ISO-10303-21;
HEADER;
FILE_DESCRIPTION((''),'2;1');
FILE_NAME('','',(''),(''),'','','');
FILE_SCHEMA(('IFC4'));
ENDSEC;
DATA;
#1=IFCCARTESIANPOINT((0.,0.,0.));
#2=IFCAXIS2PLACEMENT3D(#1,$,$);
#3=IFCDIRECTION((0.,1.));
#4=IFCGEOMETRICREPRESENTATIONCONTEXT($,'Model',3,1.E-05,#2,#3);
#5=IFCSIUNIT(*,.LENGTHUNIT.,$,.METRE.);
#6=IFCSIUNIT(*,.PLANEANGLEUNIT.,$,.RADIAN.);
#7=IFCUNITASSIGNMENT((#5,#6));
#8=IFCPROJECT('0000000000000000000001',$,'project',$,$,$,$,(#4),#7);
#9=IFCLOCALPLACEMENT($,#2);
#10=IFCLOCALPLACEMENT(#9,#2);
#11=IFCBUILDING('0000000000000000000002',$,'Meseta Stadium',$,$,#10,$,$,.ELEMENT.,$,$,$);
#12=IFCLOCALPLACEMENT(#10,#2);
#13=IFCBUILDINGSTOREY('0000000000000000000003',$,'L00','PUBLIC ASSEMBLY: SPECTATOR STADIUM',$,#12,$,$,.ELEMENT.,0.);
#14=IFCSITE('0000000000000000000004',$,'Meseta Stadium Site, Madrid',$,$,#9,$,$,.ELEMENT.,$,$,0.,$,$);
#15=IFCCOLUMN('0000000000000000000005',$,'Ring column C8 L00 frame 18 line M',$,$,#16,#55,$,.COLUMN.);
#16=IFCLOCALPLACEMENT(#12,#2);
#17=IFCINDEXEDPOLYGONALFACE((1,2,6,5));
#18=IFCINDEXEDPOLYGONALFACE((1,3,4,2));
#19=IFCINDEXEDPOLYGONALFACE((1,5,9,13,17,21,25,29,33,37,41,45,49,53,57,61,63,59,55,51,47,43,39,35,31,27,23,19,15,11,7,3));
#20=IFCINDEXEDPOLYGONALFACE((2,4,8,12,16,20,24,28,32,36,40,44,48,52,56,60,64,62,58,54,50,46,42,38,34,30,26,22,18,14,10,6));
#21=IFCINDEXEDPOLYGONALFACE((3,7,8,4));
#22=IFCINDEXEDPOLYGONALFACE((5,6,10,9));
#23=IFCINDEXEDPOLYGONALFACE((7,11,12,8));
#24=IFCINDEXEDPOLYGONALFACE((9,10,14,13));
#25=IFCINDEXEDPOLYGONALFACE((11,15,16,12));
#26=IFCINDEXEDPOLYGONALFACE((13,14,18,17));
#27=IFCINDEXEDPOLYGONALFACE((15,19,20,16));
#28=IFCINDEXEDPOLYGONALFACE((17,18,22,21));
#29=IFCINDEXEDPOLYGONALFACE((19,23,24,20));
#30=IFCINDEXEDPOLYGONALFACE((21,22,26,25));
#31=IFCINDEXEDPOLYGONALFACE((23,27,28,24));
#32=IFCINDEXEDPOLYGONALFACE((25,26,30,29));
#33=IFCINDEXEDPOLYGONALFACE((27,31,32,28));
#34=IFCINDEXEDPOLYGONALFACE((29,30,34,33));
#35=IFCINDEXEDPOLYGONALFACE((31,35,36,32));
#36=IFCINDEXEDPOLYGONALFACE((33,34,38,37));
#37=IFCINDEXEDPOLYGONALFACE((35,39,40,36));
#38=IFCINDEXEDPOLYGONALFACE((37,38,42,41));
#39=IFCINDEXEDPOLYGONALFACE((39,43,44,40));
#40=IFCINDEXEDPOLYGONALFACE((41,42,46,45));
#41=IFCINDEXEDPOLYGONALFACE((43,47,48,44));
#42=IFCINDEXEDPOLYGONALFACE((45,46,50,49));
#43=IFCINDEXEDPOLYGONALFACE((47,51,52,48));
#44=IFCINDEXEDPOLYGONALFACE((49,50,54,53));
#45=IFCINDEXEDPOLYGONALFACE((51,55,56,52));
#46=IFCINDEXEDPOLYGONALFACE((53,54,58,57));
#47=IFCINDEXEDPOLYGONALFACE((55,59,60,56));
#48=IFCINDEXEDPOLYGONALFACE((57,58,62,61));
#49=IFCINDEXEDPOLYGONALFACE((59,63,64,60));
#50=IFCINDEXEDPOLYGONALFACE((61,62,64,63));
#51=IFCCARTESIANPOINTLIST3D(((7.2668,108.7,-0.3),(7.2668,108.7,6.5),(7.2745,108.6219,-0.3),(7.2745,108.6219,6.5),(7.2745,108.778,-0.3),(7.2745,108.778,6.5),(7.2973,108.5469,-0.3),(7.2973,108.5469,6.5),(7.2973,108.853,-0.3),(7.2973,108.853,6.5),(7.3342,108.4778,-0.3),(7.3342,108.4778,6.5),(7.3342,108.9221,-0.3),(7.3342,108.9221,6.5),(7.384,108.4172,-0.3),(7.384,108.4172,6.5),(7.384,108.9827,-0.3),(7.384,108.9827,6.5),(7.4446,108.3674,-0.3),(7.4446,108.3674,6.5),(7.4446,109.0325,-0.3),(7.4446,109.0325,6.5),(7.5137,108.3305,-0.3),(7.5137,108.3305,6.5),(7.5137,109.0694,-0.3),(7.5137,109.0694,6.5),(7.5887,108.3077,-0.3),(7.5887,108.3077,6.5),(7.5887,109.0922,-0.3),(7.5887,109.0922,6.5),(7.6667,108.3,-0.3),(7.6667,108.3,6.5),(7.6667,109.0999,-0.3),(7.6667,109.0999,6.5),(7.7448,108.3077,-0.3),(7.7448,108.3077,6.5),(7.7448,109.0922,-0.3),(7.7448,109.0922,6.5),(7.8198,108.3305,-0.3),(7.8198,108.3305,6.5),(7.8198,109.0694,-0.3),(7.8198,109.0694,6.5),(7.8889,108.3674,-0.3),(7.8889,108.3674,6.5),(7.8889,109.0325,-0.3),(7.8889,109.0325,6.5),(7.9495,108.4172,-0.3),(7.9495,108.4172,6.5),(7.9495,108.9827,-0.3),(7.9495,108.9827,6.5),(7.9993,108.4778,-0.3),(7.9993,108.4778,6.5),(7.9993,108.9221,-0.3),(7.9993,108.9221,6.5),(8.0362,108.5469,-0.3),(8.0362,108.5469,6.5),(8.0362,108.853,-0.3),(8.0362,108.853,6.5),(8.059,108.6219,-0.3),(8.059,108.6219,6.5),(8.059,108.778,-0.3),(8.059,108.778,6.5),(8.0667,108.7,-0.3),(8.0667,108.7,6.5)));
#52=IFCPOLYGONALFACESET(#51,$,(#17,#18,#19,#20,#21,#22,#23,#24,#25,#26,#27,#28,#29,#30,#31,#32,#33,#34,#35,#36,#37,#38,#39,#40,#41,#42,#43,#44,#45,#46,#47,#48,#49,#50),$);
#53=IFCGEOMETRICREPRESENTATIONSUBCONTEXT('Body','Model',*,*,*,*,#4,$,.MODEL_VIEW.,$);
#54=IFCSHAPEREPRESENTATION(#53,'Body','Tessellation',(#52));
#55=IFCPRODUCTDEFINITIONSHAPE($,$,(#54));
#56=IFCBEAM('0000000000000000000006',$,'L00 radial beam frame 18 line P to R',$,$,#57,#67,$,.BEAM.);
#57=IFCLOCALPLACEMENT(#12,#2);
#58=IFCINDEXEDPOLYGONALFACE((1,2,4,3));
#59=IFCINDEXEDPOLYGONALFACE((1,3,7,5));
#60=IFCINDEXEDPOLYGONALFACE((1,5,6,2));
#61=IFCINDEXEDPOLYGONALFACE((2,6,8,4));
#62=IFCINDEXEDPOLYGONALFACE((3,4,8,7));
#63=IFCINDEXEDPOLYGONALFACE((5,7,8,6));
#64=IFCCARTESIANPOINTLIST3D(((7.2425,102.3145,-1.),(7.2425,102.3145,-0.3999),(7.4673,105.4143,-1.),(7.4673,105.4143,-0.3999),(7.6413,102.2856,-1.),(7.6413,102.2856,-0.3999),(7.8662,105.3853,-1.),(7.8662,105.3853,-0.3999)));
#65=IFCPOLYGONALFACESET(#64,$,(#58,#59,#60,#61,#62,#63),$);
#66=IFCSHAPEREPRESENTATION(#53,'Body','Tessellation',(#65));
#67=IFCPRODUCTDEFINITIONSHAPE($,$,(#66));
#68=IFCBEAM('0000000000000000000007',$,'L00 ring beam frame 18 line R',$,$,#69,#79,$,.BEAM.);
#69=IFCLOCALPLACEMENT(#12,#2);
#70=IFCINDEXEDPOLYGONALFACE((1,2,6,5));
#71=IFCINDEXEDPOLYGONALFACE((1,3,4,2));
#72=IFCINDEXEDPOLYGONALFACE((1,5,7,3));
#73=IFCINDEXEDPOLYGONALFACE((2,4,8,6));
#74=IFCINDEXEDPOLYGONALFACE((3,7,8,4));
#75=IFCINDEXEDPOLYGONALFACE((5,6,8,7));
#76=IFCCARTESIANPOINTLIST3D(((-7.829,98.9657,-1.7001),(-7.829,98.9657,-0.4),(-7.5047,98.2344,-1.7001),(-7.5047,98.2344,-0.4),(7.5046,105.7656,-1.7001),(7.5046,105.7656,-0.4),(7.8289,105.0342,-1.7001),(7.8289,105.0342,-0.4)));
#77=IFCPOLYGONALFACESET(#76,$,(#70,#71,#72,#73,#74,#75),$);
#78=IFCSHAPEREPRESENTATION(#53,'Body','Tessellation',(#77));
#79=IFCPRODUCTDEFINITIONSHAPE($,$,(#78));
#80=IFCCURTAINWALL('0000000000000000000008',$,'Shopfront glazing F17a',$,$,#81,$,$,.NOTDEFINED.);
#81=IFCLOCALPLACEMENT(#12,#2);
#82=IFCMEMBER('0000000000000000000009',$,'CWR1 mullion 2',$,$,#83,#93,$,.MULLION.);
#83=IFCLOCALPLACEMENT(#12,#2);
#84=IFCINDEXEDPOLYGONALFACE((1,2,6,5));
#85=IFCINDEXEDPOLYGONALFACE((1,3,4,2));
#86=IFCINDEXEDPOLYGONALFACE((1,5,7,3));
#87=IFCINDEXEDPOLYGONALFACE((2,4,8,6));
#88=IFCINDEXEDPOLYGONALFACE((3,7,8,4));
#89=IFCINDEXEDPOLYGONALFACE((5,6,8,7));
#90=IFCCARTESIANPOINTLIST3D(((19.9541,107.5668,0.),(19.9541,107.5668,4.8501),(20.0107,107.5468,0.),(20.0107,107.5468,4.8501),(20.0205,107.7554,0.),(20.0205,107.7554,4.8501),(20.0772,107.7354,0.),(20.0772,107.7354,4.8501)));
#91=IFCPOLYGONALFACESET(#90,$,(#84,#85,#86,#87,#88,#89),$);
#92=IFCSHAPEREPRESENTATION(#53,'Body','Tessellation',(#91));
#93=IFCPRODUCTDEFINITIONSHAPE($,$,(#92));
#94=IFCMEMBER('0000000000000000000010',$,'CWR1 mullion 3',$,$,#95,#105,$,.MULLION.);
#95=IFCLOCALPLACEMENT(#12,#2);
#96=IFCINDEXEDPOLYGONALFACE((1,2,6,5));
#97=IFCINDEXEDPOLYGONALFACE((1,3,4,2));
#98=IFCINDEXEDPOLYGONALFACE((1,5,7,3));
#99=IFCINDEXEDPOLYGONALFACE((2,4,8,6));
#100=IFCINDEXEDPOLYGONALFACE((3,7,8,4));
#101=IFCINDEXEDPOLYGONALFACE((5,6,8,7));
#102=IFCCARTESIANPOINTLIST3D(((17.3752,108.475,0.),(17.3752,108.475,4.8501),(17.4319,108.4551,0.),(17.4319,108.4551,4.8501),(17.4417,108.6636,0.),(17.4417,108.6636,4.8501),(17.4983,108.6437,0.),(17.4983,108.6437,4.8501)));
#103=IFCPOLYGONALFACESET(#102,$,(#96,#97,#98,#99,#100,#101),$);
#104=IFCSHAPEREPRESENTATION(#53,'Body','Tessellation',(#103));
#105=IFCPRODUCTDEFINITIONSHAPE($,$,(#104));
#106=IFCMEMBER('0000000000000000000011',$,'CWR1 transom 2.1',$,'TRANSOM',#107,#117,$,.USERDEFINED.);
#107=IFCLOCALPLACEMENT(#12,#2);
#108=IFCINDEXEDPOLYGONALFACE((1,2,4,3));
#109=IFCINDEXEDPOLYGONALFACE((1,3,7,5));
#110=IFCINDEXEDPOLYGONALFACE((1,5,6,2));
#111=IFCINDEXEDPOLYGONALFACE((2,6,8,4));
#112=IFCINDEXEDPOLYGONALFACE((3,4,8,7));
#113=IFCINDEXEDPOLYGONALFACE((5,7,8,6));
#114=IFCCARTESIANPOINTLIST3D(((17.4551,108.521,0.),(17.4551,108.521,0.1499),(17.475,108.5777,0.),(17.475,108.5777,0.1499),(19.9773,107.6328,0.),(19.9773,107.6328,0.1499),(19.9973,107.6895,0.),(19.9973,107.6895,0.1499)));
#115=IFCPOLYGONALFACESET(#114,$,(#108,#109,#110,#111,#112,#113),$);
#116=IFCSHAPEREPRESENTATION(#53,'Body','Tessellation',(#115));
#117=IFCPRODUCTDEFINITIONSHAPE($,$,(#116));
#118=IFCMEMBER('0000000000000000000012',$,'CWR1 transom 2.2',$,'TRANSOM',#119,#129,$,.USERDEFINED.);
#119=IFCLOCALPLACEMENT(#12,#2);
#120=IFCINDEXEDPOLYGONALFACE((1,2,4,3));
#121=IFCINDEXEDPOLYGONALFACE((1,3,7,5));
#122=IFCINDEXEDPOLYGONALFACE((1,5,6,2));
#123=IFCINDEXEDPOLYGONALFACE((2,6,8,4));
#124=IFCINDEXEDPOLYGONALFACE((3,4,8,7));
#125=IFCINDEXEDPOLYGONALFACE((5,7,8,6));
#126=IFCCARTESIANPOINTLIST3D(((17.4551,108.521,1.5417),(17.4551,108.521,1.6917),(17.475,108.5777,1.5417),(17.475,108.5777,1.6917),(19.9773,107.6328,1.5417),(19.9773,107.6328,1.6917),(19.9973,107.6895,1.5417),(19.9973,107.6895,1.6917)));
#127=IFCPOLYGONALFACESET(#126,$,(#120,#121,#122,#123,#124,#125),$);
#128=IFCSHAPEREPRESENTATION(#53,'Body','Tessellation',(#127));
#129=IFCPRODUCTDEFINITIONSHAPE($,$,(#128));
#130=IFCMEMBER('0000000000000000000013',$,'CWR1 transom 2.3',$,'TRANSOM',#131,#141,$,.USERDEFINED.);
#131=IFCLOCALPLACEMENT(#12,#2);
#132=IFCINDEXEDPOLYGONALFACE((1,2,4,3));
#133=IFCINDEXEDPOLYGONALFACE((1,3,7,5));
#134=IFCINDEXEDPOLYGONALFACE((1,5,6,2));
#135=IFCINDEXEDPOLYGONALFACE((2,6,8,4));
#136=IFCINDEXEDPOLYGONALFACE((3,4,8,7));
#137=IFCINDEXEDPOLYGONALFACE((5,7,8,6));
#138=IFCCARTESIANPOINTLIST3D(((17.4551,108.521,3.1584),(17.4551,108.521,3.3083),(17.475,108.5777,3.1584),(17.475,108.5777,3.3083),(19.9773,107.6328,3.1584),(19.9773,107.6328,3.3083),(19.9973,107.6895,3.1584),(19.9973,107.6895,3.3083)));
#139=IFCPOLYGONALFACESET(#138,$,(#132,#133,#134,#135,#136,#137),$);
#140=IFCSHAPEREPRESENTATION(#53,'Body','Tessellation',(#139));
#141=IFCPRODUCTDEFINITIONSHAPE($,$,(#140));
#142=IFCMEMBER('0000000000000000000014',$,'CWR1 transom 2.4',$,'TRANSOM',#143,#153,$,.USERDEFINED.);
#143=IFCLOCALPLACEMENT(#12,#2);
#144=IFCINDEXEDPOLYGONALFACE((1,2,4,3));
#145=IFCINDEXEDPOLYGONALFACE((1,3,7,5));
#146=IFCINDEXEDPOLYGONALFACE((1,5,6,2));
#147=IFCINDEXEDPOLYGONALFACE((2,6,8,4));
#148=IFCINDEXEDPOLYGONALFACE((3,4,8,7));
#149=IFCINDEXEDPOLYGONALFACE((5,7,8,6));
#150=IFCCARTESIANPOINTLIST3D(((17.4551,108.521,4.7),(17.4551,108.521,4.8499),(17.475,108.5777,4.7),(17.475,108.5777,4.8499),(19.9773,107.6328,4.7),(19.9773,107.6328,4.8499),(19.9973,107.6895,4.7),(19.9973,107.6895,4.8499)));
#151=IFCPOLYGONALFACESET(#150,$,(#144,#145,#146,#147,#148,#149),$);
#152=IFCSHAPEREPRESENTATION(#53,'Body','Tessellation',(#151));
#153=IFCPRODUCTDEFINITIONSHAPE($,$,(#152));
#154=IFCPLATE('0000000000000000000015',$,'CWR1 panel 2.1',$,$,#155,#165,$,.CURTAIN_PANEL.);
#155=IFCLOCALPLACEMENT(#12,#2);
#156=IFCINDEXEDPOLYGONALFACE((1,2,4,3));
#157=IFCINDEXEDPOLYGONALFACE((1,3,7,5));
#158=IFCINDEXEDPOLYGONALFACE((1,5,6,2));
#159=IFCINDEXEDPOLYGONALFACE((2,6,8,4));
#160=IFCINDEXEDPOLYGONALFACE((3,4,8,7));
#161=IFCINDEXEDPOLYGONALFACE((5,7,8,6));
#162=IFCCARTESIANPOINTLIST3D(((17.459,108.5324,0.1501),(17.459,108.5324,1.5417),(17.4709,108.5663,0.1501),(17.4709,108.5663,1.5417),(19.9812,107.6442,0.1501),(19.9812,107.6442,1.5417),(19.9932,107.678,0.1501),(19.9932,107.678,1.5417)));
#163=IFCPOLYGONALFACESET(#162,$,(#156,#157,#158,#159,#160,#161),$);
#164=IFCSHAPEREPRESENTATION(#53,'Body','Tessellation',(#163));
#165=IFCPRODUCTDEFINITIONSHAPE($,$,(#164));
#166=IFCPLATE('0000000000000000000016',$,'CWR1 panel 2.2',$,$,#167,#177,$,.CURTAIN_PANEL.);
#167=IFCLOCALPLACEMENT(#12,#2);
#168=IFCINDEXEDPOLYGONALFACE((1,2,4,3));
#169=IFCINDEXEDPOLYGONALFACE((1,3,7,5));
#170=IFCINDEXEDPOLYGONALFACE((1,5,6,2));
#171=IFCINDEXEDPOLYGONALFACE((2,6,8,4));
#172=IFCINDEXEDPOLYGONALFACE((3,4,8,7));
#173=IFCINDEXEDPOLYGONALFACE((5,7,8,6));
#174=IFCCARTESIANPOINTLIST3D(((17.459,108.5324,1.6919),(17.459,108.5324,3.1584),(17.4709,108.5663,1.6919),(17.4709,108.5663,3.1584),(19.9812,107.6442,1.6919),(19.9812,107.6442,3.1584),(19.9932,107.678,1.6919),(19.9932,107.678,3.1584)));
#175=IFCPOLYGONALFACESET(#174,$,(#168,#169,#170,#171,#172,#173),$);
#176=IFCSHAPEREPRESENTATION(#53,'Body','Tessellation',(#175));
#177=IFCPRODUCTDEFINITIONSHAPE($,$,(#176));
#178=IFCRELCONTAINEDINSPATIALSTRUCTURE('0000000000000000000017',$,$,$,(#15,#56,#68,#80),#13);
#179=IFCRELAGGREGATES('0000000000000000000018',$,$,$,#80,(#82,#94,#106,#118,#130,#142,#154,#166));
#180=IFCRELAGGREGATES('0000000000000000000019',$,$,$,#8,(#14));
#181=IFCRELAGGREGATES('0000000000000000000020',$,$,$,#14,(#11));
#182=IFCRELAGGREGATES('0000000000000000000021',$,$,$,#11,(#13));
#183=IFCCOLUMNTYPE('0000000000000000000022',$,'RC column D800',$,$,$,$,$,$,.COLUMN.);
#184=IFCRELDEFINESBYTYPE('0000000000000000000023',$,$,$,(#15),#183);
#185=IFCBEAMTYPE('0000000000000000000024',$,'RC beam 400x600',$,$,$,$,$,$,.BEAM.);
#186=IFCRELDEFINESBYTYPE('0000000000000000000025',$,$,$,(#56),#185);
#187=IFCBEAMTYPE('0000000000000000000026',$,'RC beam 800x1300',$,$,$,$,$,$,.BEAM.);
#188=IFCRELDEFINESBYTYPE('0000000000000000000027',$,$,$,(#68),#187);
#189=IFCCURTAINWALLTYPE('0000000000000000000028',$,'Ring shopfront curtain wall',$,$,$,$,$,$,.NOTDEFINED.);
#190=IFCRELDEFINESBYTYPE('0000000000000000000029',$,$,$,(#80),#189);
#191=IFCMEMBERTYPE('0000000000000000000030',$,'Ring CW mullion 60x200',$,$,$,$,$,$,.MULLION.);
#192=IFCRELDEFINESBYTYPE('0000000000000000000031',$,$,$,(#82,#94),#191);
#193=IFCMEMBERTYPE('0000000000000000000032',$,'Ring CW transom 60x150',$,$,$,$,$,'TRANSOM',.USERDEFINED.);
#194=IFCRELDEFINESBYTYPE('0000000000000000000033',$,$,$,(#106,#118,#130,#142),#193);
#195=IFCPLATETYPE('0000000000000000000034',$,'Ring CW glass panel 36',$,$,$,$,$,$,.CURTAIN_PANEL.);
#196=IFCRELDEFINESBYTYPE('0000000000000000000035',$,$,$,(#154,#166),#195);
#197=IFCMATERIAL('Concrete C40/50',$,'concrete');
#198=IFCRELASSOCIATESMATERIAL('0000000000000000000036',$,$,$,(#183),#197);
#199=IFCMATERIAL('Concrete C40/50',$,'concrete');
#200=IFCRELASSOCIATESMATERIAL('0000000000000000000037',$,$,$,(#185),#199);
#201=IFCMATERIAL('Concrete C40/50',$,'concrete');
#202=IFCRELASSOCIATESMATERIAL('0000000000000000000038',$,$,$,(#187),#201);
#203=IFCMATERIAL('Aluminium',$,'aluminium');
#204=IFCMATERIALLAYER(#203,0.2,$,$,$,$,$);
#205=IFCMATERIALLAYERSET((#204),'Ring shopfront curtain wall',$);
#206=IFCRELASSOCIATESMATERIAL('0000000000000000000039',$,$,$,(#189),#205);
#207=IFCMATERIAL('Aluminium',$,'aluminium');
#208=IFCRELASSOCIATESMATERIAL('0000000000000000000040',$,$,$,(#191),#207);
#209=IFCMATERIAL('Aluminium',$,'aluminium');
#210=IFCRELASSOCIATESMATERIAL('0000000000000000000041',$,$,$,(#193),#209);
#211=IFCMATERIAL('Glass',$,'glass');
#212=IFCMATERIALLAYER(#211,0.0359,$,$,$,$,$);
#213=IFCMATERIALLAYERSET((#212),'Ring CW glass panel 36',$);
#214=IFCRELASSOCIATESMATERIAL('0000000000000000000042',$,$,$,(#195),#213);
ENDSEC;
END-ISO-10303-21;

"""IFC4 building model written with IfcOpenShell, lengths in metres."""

from ifc_helpers import new_model, si_unit, direction, frame, origin, origin_2d, place, context, subcontext, project, spatial, rectangle, circle, extrude, material, layer, layer_set, material_profile, profile_set, type_object, element, aggregate, save


model = new_model("IFC4")

# Units and contexts
model_context = context("Model", 3, precision=1e-05, world=origin(), true_north=direction((0.0, 1.0)))
body_context = subcontext(model_context, "Body", "Model", "MODEL_VIEW")
ifc_project = project(units=[si_unit("LENGTHUNIT", "METRE"), si_unit("PLANEANGLEUNIT", "RADIAN")], contexts=[model_context])

# Site, building, storey
site_placement = place(None, origin())
site = spatial("IfcSite", under=ifc_project, at=site_placement, Name="Meseta Stadium Site, Madrid", CompositionType="ELEMENT", RefElevation=0.0)
building_placement = place(site_placement, origin())
building = spatial("IfcBuilding", under=site, at=building_placement, Name="Meseta Stadium", CompositionType="ELEMENT")
storey_placement = place(building_placement, origin())
storey = spatial("IfcBuildingStorey", under=building, at=storey_placement, Name="L00", Description="PUBLIC ASSEMBLY: SPECTATOR STADIUM", CompositionType="ELEMENT", Elevation=0.0)

# Column
ifc_material_1 = material(Name="Concrete C40/50", Category="concrete")
ifc_material_profile_1 = material_profile(ifc_material_1, circle(Radius=0.3999, at=origin_2d()), Name="RC D800")
ifc_profile_set_1 = profile_set([ifc_material_profile_1], Name="Concrete C40/50")
column_type_1 = type_object("IfcColumnType", Name="RC column D800", PredefinedType="COLUMN", material=ifc_profile_set_1)
column_1_placement = place(storey_placement, frame((7.6667, 108.7, -0.3), z_axis=(0.0, 0.0, 1.0), x_axis=(1.0, 0.0, 0.0)))
element("IfcColumn", 1, at=column_1_placement, inside=storey, type_object=column_type_1, Name="Ring column C8 L00 frame 18 line M", PredefinedType="COLUMN", context=body_context, shape_type="SweptSolid", body=[
    extrude(circle(Radius=0.3999, at=origin_2d()), origin(), (0.0, 0.0, 1.0), 6.8),
])

# Beams
ifc_material_2 = material(Name="Concrete C40/50", Category="concrete")
ifc_material_profile_2 = material_profile(ifc_material_2, rectangle(XDim=0.3999, YDim=0.6001, at=origin_2d()), Name="RC 400x600")
ifc_profile_set_2 = profile_set([ifc_material_profile_2], Name="Concrete C40/50")
beam_type_1 = type_object("IfcBeamType", Name="RC beam 400x600", PredefinedType="BEAM", material=ifc_profile_set_2)
beam_1_placement = place(storey_placement, frame((7.4419, 102.3, -0.7), z_axis=(0.072347, 0.99738, 0.0), x_axis=(-0.99738, 0.072347, 0.0)))
element("IfcBeam", 2, at=beam_1_placement, inside=storey, type_object=beam_type_1, Name="L00 radial beam frame 18 line P to R", PredefinedType="BEAM", context=body_context, shape_type="SweptSolid", body=[
    extrude(rectangle(XDim=0.3999, YDim=0.6001, at=origin_2d()), origin(), (0.0, 0.0, 1.0), 3.1079),
])
ifc_material_3 = material(Name="Concrete C40/50", Category="concrete")
ifc_material_profile_3 = material_profile(ifc_material_3, rectangle(XDim=0.8, YDim=1.3, at=origin_2d()), Name="RC 800x1300")
ifc_profile_set_3 = profile_set([ifc_material_profile_3], Name="Concrete C40/50")
beam_type_2 = type_object("IfcBeamType", Name="RC beam 800x1300", PredefinedType="BEAM", material=ifc_profile_set_3)
beam_2_placement = place(storey_placement, frame((7.6667, 105.3999, -1.05), z_axis=(-0.914145, -0.405387, 0.0), x_axis=(0.405387, -0.914145, 0.0)))
element("IfcBeam", 3, at=beam_2_placement, inside=storey, type_object=beam_type_2, Name="L00 ring beam frame 18 line R", PredefinedType="BEAM", context=body_context, shape_type="SweptSolid", body=[
    extrude(rectangle(XDim=0.8, YDim=1.3, at=origin_2d()), origin(), (0.0, 0.0, 1.0), 16.7737),
])

# Curtain wall, members, plates
ifc_material_4 = material(Name="Aluminium", Category="aluminium")
ifc_layer_1 = layer(ifc_material_4, 0.2)
ifc_layer_set_1 = layer_set([ifc_layer_1], Name="Ring shopfront curtain wall")
curtain_wall_type = type_object("IfcCurtainWallType", Name="Ring shopfront curtain wall", PredefinedType="NOTDEFINED", material=ifc_layer_set_1)
curtain_wall_placement = place(storey_placement, origin())
curtain_wall = element("IfcCurtainWall", 4, at=curtain_wall_placement, inside=storey, type_object=curtain_wall_type, Name="Shopfront glazing F17a", PredefinedType="NOTDEFINED")
ifc_material_5 = material(Name="Aluminium", Category="aluminium")
ifc_material_profile_4 = material_profile(ifc_material_5, rectangle(XDim=0.2, YDim=0.0601, at=origin_2d()), Name="CW 200x60")
ifc_profile_set_4 = profile_set([ifc_material_profile_4], Name="Aluminium")
member_type_1 = type_object("IfcMemberType", Name="Ring CW mullion 60x200", PredefinedType="MULLION", material=ifc_profile_set_4)
member_1_placement = place(storey_placement, frame((20.0156, 107.6511, 0.0), z_axis=(0.0, 0.0, 1.0), x_axis=(-0.33217, -0.94322, 0.0)))
member_1 = element("IfcMember", 5, at=member_1_placement, type_object=member_type_1, Name="CWR1 mullion 2", PredefinedType="MULLION", context=body_context, shape_type="SweptSolid", body=[
    extrude(rectangle(XDim=0.2, YDim=0.0601, at=origin_2d()), origin(), (0.0, 0.0, 1.0), 4.8501),
])
member_2_placement = place(storey_placement, frame((17.4368, 108.5593, 0.0), z_axis=(0.0, 0.0, 1.0), x_axis=(-0.33217, -0.94322, 0.0)))
member_2 = element("IfcMember", 6, at=member_2_placement, type_object=member_type_1, Name="CWR1 mullion 3", PredefinedType="MULLION", context=body_context, shape_type="SweptSolid", body=[
    extrude(rectangle(XDim=0.2, YDim=0.0601, at=origin_2d()), origin(), (0.0, 0.0, 1.0), 4.8501),
])
ifc_material_6 = material(Name="Aluminium", Category="aluminium")
ifc_material_profile_5 = material_profile(ifc_material_6, rectangle(XDim=0.0601, YDim=0.1499, at=origin_2d()), Name="CW 60x150")
ifc_profile_set_5 = profile_set([ifc_material_profile_5], Name="Aluminium")
member_type_2 = type_object("IfcMemberType", Name="Ring CW transom 60x150", ElementType="TRANSOM", PredefinedType="USERDEFINED", material=ifc_profile_set_5)
member_3_placement = place(storey_placement, frame((19.9873, 107.6611, 0.075), z_axis=(-0.943226, 0.332151, 0.0), x_axis=(-0.332151, -0.943226, 0.0)))
member_3 = element("IfcMember", 7, at=member_3_placement, type_object=member_type_2, Name="CWR1 transom 2.1", ObjectType="TRANSOM", PredefinedType="USERDEFINED", context=body_context, shape_type="SweptSolid", body=[
    extrude(rectangle(XDim=0.0601, YDim=0.1499, at=origin_2d()), origin(), (0.0, 0.0, 1.0), 2.6741),
])
member_4_placement = place(storey_placement, frame((19.9873, 107.6611, 1.6167), z_axis=(-0.943226, 0.332151, 0.0), x_axis=(-0.332151, -0.943226, 0.0)))
member_4 = element("IfcMember", 8, at=member_4_placement, type_object=member_type_2, Name="CWR1 transom 2.2", ObjectType="TRANSOM", PredefinedType="USERDEFINED", context=body_context, shape_type="SweptSolid", body=[
    extrude(rectangle(XDim=0.0601, YDim=0.1499, at=origin_2d()), origin(), (0.0, 0.0, 1.0), 2.6741),
])
member_5_placement = place(storey_placement, frame((19.9873, 107.6611, 3.2334), z_axis=(-0.943226, 0.332151, 0.0), x_axis=(-0.332151, -0.943226, 0.0)))
member_5 = element("IfcMember", 9, at=member_5_placement, type_object=member_type_2, Name="CWR1 transom 2.3", ObjectType="TRANSOM", PredefinedType="USERDEFINED", context=body_context, shape_type="SweptSolid", body=[
    extrude(rectangle(XDim=0.0601, YDim=0.1499, at=origin_2d()), origin(), (0.0, 0.0, 1.0), 2.6741),
])
member_6_placement = place(storey_placement, frame((19.9873, 107.6611, 4.7749), z_axis=(-0.943226, 0.332151, 0.0), x_axis=(-0.332151, -0.943226, 0.0)))
member_6 = element("IfcMember", 10, at=member_6_placement, type_object=member_type_2, Name="CWR1 transom 2.4", ObjectType="TRANSOM", PredefinedType="USERDEFINED", context=body_context, shape_type="SweptSolid", body=[
    extrude(rectangle(XDim=0.0601, YDim=0.1499, at=origin_2d()), origin(), (0.0, 0.0, 1.0), 2.6741),
])
ifc_material_7 = material(Name="Glass", Category="glass")
ifc_layer_2 = layer(ifc_material_7, 0.0359)
ifc_layer_set_2 = layer_set([ifc_layer_2], Name="Ring CW glass panel 36")
plate_type = type_object("IfcPlateType", Name="Ring CW glass panel 36", PredefinedType="CURTAIN_PANEL", material=ifc_layer_set_2)
plate_1_placement = place(storey_placement, frame((18.7261, 108.1052, 0.1501), z_axis=(0.0, 0.0, 1.0), x_axis=(-0.94322, 0.33217, 0.0)))
plate_1 = element("IfcPlate", 11, at=plate_1_placement, type_object=plate_type, Name="CWR1 panel 2.1", PredefinedType="CURTAIN_PANEL", context=body_context, shape_type="SweptSolid", body=[
    extrude(rectangle(XDim=2.6741, YDim=0.0359, at=origin_2d()), origin(), (0.0, 0.0, 1.0), 1.3916),
])
plate_2_placement = place(storey_placement, frame((18.7261, 108.1052, 1.6919), z_axis=(0.0, 0.0, 1.0), x_axis=(-0.94322, 0.33217, 0.0)))
plate_2 = element("IfcPlate", 12, at=plate_2_placement, type_object=plate_type, Name="CWR1 panel 2.2", PredefinedType="CURTAIN_PANEL", context=body_context, shape_type="SweptSolid", body=[
    extrude(rectangle(XDim=2.6741, YDim=0.0359, at=origin_2d()), origin(), (0.0, 0.0, 1.0), 1.4666),
])
aggregate(curtain_wall, [member_1, member_2, member_3, member_4, member_5, member_6, plate_1, plate_2])

save(model, "model.ifc")
